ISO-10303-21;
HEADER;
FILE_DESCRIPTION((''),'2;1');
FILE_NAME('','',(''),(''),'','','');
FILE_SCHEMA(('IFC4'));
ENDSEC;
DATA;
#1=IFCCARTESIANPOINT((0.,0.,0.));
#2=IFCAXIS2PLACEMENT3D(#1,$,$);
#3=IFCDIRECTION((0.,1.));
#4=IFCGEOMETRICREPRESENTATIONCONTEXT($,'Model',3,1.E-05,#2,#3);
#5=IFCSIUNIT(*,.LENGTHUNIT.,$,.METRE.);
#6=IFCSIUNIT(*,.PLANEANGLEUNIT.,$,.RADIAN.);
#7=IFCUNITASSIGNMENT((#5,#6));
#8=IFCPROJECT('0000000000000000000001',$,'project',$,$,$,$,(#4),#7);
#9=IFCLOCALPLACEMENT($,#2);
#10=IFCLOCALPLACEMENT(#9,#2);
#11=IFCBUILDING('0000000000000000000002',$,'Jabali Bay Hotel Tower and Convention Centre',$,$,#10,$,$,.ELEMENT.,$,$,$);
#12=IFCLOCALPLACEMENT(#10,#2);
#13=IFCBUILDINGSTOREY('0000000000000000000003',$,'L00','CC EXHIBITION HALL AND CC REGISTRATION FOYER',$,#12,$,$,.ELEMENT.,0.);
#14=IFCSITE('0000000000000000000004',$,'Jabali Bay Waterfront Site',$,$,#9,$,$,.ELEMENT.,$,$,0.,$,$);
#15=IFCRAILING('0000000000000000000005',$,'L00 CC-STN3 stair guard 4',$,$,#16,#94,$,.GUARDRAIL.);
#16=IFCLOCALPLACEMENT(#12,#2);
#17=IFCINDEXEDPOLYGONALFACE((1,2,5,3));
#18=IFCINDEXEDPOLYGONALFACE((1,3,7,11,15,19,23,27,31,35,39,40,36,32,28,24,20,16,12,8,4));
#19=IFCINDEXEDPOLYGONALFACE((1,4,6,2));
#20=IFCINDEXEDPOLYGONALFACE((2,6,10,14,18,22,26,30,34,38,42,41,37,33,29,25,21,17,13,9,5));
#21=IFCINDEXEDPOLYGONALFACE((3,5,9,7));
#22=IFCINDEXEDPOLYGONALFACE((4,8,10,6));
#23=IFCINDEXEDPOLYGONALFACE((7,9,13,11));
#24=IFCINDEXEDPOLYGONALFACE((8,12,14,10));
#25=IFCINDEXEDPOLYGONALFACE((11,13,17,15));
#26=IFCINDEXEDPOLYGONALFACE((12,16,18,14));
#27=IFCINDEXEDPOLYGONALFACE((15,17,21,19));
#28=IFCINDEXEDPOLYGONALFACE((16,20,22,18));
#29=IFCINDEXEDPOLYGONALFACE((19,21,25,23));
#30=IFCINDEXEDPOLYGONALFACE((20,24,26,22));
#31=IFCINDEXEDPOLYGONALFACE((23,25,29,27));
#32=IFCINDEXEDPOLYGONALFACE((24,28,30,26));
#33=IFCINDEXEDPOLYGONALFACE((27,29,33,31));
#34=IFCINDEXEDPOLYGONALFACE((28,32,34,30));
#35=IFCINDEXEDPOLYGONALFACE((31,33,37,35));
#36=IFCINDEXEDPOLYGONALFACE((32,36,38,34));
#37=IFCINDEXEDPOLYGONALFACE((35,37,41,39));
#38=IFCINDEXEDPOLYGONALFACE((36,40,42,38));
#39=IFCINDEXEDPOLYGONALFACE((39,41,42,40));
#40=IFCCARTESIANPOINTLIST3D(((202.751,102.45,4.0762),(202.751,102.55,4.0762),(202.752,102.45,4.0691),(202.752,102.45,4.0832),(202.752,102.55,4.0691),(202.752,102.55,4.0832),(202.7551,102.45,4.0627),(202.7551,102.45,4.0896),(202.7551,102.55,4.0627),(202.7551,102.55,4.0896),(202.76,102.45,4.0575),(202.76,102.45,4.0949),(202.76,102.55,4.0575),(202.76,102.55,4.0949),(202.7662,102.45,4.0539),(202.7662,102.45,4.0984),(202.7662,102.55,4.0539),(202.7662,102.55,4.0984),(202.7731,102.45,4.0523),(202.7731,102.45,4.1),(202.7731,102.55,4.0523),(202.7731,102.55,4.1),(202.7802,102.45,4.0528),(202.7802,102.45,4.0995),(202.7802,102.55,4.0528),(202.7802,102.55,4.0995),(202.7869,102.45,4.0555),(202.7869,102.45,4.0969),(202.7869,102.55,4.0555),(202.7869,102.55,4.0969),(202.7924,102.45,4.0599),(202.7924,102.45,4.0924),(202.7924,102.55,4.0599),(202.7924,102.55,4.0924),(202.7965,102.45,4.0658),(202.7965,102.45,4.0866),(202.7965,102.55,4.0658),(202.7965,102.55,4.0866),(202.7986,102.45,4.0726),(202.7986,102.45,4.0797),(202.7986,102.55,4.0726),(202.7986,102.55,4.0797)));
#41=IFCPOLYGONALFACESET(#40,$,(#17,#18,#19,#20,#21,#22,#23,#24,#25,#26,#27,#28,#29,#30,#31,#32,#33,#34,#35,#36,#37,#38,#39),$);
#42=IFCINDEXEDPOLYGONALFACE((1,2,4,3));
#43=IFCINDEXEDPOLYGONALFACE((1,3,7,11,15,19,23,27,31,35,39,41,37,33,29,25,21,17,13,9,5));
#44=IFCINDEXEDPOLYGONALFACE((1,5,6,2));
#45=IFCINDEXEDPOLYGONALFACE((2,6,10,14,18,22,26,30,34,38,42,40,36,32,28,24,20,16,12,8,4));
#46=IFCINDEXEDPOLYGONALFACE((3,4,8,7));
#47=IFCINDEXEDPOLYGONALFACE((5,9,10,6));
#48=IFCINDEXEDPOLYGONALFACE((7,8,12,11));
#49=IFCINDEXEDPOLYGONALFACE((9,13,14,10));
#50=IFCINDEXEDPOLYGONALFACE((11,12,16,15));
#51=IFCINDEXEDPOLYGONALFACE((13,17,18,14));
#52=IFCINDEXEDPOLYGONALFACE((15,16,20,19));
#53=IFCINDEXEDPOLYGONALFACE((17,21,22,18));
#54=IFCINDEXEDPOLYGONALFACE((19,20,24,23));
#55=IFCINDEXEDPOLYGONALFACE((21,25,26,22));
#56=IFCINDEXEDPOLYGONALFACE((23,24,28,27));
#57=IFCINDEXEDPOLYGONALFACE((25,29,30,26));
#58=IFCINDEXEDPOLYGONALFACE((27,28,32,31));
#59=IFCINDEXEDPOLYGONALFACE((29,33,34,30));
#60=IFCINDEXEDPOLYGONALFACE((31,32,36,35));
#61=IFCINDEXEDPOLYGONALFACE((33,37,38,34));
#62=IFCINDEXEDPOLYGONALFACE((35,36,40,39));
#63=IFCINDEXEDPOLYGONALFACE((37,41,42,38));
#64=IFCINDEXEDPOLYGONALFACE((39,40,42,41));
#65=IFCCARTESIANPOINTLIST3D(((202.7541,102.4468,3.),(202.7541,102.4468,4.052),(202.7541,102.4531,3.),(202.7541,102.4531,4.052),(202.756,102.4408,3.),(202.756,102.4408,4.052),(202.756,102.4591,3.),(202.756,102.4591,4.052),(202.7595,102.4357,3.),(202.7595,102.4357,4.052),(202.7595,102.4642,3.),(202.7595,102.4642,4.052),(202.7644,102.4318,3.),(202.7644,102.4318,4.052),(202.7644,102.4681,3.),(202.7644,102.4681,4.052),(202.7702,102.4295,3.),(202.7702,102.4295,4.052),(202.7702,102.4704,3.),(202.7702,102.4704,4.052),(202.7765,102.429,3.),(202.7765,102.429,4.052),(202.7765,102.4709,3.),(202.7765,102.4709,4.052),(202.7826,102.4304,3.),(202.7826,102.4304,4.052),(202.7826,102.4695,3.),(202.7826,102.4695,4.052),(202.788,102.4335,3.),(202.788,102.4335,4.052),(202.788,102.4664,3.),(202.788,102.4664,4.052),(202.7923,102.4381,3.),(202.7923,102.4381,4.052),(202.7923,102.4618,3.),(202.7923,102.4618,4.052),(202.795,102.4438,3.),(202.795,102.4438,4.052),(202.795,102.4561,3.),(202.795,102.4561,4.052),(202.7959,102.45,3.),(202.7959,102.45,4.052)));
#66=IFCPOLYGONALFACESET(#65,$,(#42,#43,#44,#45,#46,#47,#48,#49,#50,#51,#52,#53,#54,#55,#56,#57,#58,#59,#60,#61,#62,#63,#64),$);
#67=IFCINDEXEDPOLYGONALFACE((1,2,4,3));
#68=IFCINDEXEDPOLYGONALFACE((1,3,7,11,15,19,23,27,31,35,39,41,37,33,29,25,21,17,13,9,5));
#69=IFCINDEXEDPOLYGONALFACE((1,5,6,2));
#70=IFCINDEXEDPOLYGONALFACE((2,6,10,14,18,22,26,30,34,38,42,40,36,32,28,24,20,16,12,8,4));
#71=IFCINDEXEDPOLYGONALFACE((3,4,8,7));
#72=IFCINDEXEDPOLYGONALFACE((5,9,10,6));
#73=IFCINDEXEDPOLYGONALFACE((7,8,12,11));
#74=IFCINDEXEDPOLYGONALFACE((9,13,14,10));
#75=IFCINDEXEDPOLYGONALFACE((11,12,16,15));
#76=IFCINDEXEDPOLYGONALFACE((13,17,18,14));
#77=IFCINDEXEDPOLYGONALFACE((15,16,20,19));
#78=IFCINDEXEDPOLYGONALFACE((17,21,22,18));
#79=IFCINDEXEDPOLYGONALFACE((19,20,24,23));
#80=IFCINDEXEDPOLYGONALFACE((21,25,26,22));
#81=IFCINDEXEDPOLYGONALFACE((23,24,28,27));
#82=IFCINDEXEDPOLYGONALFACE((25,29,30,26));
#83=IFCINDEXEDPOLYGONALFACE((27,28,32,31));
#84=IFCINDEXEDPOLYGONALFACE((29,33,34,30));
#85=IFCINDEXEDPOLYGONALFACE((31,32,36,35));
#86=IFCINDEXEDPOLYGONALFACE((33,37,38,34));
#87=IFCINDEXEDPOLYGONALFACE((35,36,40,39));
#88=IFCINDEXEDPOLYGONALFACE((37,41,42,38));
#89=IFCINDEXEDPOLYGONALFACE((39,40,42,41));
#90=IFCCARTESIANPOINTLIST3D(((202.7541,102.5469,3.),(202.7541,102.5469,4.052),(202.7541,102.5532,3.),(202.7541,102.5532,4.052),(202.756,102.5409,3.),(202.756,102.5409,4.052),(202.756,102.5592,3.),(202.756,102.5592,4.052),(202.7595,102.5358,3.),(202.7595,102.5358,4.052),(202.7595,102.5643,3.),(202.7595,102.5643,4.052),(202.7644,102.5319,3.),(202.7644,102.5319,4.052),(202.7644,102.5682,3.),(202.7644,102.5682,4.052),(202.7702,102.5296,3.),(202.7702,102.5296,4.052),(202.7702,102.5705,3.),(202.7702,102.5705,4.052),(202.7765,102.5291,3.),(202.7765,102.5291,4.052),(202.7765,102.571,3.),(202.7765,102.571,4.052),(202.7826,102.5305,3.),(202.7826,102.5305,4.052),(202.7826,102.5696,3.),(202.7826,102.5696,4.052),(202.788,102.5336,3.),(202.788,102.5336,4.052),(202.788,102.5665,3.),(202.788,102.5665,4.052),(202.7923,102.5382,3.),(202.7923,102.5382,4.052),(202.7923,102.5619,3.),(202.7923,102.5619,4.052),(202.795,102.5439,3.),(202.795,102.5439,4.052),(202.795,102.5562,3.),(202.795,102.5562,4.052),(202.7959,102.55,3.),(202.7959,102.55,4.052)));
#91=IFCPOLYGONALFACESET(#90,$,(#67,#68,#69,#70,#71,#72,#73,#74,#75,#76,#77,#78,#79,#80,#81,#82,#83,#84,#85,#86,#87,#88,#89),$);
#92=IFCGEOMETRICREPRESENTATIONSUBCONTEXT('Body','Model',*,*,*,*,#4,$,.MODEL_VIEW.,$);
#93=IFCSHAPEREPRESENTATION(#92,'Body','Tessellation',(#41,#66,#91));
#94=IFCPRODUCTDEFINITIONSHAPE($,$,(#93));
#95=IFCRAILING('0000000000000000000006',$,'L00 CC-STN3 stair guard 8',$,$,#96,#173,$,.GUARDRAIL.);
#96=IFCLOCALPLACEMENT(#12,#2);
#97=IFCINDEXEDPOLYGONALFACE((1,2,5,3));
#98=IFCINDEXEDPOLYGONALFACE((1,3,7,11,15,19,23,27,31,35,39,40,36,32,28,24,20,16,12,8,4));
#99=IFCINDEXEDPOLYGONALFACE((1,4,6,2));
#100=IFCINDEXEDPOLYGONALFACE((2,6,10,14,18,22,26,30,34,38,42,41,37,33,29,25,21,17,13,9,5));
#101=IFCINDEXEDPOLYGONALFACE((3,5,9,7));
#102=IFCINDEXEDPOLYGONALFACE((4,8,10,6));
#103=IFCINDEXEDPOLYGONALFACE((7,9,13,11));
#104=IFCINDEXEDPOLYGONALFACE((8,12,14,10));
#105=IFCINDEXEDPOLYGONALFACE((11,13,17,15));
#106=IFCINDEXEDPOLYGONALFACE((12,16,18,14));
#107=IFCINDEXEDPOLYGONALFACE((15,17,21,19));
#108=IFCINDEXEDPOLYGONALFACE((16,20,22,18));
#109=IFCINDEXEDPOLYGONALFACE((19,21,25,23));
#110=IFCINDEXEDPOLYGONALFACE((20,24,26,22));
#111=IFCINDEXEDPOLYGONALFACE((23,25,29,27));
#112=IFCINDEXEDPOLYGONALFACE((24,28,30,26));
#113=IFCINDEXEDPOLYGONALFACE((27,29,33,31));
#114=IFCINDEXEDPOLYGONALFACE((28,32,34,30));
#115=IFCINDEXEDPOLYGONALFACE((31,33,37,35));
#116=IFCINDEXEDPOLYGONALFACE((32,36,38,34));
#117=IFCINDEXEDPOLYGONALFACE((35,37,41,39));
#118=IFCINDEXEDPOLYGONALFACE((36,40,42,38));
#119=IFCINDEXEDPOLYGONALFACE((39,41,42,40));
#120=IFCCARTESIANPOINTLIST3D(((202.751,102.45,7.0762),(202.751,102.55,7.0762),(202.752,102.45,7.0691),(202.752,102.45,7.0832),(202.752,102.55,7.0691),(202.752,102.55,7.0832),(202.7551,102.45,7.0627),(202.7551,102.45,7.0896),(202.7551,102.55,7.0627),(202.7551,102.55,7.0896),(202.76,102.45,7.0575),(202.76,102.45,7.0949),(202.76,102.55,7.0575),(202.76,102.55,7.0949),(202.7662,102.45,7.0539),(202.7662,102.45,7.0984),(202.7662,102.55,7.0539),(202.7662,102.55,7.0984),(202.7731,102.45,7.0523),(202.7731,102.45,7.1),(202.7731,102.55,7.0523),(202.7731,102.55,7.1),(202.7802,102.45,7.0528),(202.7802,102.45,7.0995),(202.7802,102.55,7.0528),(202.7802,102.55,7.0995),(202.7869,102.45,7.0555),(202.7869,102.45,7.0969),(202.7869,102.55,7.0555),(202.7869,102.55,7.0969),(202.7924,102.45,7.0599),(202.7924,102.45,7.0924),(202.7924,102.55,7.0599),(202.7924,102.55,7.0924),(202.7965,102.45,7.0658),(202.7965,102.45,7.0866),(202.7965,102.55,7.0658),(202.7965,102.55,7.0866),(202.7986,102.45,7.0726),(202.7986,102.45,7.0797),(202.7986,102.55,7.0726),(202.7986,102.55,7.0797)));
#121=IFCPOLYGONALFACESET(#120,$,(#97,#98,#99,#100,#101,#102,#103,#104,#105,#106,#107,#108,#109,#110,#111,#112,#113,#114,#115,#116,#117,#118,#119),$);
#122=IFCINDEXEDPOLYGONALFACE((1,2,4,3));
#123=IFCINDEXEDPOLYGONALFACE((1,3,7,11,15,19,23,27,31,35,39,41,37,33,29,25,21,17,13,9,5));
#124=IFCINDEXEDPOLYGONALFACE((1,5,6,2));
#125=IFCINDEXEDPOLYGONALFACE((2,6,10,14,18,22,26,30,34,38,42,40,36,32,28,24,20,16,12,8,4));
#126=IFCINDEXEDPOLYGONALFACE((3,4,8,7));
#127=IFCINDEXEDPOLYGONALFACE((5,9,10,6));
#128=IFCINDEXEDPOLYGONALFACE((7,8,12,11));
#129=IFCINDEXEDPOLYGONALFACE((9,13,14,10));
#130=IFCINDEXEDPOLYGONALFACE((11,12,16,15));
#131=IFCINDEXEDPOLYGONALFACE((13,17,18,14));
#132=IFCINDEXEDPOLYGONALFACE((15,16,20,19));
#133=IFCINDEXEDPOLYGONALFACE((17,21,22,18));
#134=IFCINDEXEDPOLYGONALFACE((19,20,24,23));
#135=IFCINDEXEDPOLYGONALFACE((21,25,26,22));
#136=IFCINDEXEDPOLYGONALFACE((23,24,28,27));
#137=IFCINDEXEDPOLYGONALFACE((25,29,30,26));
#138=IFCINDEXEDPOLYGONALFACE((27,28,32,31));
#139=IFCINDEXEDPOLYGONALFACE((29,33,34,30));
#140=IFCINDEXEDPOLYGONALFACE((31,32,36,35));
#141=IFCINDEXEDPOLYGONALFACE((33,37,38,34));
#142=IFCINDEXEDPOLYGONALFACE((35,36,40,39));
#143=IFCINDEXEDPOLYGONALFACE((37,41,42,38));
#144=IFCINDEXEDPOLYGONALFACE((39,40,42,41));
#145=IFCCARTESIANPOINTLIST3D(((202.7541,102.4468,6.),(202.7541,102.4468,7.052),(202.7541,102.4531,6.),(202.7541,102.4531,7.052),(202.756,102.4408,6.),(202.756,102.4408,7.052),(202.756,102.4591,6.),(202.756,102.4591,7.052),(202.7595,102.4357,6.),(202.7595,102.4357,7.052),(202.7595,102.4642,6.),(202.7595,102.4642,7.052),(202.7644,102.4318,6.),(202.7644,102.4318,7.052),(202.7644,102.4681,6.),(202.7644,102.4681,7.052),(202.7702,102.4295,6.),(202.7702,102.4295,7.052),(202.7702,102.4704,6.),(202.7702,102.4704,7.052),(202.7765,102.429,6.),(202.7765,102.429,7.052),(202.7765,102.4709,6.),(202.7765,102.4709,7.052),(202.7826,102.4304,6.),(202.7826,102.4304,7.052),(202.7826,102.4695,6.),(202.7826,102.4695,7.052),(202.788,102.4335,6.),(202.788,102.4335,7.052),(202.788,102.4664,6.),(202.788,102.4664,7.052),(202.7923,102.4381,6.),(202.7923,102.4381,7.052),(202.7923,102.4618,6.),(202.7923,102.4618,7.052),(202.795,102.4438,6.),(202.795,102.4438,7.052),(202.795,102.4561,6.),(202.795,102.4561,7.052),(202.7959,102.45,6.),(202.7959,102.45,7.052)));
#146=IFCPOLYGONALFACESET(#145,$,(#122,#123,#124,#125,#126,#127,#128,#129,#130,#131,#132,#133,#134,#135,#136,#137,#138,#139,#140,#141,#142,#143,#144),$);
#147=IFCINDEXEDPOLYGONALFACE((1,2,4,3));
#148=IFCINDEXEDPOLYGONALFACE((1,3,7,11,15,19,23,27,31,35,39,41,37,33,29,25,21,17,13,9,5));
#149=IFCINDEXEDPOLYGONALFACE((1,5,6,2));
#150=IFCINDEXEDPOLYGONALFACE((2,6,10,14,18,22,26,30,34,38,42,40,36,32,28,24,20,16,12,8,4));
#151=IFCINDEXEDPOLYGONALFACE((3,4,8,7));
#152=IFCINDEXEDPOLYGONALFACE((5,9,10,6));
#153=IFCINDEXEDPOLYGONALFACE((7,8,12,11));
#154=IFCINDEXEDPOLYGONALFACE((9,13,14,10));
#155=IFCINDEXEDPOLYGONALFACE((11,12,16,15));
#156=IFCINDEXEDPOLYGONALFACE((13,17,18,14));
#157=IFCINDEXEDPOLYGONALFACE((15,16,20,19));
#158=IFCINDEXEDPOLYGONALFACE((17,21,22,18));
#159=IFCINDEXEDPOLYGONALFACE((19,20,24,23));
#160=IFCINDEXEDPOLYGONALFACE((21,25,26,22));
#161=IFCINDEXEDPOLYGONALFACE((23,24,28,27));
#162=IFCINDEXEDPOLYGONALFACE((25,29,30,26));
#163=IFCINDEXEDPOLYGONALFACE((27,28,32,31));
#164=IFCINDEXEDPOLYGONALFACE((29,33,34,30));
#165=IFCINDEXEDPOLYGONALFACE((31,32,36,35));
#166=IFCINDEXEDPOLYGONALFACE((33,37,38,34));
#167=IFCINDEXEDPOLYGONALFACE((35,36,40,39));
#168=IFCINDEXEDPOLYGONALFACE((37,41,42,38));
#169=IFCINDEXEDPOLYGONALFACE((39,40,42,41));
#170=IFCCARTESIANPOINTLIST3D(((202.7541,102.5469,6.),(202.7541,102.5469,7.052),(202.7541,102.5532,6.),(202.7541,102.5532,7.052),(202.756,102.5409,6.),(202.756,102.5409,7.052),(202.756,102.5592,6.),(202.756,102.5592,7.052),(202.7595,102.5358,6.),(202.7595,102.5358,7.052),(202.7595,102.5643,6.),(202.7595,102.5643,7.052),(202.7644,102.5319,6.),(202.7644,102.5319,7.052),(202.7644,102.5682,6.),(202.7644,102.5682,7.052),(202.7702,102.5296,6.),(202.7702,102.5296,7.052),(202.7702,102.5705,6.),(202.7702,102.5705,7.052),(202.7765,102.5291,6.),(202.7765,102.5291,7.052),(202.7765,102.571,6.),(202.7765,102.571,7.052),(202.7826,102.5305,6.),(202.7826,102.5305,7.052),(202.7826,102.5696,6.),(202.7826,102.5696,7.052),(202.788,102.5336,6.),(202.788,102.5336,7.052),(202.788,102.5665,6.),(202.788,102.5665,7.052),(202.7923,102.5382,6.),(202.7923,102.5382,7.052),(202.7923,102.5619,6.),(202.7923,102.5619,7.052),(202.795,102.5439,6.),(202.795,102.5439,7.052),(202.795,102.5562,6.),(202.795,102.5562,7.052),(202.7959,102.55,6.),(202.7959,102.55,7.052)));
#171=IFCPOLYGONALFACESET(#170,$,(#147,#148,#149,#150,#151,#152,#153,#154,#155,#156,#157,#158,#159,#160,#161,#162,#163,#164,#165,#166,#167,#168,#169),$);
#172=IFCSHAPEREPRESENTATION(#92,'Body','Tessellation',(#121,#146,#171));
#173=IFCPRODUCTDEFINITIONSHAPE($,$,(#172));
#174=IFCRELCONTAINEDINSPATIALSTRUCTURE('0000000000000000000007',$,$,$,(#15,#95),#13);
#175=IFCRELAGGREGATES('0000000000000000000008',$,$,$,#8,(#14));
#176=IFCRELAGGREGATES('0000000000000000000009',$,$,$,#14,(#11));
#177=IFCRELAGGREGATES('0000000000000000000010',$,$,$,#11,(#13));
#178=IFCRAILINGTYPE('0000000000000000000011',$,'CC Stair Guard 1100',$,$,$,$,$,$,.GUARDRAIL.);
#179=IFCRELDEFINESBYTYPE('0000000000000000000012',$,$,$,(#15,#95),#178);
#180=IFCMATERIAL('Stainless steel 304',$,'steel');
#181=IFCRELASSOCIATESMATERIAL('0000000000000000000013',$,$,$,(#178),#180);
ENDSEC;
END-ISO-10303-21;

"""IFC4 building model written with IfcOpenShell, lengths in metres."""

from ifc_helpers import new_model, si_unit, direction, frame, origin, origin_2d, place, context, subcontext, project, spatial, circle, extrude, material, type_object, element, save


model = new_model("IFC4")

# Units and contexts
model_context = context("Model", 3, precision=1e-05, world=origin(), true_north=direction((0.0, 1.0)))
body_context = subcontext(model_context, "Body", "Model", "MODEL_VIEW")
ifc_project = project(units=[si_unit("LENGTHUNIT", "METRE"), si_unit("PLANEANGLEUNIT", "RADIAN")], contexts=[model_context])

# Site, building, storey
site_placement = place(None, origin())
site = spatial("IfcSite", under=ifc_project, at=site_placement, Name="Jabali Bay Waterfront Site", CompositionType="ELEMENT", RefElevation=0.0)
building_placement = place(site_placement, origin())
building = spatial("IfcBuilding", under=site, at=building_placement, Name="Jabali Bay Hotel Tower and Convention Centre", CompositionType="ELEMENT")
storey_placement = place(building_placement, origin())
storey = spatial("IfcBuildingStorey", under=building, at=storey_placement, Name="L00", Description="CC EXHIBITION HALL AND CC REGISTRATION FOYER", CompositionType="ELEMENT", Elevation=0.0)

# Railings
ifc_material_1 = material(Name="Stainless steel 304", Category="steel")
railing_type_1 = type_object("IfcRailingType", Name="CC Stair Guard 1100", PredefinedType="GUARDRAIL", material=ifc_material_1)
for number, where, name in (
    (1, (202.7749, 102.45, 3.0), "L00 CC-STN3 stair guard 4"),
    (2, (202.7749, 102.45, 6.0), "L00 CC-STN3 stair guard 8"),
):
    element("IfcRailing", number, at=place(storey_placement, frame(where)), inside=storey, type_object=railing_type_1, Name=name, PredefinedType="GUARDRAIL", context=body_context, shape_type="SweptSolid", body=[
        extrude(circle(Radius=0.0239, at=origin_2d()), frame((0.0, 0.0, 1.0762), z_axis=(0.0, 1.0, 0.0), x_axis=(-1.0, 0.0, 0.0)), (0.0, 0.0, 1.0), 0.1001),
        extrude(circle(Radius=0.021, at=origin_2d()), origin(), (0.0, 0.0, 1.0), 1.052),
        extrude(circle(Radius=0.021, at=origin_2d()), frame((0.0, 0.1001, 0.0)), (0.0, 0.0, 1.0), 1.052),
    ])

save(model, "model.ifc")
